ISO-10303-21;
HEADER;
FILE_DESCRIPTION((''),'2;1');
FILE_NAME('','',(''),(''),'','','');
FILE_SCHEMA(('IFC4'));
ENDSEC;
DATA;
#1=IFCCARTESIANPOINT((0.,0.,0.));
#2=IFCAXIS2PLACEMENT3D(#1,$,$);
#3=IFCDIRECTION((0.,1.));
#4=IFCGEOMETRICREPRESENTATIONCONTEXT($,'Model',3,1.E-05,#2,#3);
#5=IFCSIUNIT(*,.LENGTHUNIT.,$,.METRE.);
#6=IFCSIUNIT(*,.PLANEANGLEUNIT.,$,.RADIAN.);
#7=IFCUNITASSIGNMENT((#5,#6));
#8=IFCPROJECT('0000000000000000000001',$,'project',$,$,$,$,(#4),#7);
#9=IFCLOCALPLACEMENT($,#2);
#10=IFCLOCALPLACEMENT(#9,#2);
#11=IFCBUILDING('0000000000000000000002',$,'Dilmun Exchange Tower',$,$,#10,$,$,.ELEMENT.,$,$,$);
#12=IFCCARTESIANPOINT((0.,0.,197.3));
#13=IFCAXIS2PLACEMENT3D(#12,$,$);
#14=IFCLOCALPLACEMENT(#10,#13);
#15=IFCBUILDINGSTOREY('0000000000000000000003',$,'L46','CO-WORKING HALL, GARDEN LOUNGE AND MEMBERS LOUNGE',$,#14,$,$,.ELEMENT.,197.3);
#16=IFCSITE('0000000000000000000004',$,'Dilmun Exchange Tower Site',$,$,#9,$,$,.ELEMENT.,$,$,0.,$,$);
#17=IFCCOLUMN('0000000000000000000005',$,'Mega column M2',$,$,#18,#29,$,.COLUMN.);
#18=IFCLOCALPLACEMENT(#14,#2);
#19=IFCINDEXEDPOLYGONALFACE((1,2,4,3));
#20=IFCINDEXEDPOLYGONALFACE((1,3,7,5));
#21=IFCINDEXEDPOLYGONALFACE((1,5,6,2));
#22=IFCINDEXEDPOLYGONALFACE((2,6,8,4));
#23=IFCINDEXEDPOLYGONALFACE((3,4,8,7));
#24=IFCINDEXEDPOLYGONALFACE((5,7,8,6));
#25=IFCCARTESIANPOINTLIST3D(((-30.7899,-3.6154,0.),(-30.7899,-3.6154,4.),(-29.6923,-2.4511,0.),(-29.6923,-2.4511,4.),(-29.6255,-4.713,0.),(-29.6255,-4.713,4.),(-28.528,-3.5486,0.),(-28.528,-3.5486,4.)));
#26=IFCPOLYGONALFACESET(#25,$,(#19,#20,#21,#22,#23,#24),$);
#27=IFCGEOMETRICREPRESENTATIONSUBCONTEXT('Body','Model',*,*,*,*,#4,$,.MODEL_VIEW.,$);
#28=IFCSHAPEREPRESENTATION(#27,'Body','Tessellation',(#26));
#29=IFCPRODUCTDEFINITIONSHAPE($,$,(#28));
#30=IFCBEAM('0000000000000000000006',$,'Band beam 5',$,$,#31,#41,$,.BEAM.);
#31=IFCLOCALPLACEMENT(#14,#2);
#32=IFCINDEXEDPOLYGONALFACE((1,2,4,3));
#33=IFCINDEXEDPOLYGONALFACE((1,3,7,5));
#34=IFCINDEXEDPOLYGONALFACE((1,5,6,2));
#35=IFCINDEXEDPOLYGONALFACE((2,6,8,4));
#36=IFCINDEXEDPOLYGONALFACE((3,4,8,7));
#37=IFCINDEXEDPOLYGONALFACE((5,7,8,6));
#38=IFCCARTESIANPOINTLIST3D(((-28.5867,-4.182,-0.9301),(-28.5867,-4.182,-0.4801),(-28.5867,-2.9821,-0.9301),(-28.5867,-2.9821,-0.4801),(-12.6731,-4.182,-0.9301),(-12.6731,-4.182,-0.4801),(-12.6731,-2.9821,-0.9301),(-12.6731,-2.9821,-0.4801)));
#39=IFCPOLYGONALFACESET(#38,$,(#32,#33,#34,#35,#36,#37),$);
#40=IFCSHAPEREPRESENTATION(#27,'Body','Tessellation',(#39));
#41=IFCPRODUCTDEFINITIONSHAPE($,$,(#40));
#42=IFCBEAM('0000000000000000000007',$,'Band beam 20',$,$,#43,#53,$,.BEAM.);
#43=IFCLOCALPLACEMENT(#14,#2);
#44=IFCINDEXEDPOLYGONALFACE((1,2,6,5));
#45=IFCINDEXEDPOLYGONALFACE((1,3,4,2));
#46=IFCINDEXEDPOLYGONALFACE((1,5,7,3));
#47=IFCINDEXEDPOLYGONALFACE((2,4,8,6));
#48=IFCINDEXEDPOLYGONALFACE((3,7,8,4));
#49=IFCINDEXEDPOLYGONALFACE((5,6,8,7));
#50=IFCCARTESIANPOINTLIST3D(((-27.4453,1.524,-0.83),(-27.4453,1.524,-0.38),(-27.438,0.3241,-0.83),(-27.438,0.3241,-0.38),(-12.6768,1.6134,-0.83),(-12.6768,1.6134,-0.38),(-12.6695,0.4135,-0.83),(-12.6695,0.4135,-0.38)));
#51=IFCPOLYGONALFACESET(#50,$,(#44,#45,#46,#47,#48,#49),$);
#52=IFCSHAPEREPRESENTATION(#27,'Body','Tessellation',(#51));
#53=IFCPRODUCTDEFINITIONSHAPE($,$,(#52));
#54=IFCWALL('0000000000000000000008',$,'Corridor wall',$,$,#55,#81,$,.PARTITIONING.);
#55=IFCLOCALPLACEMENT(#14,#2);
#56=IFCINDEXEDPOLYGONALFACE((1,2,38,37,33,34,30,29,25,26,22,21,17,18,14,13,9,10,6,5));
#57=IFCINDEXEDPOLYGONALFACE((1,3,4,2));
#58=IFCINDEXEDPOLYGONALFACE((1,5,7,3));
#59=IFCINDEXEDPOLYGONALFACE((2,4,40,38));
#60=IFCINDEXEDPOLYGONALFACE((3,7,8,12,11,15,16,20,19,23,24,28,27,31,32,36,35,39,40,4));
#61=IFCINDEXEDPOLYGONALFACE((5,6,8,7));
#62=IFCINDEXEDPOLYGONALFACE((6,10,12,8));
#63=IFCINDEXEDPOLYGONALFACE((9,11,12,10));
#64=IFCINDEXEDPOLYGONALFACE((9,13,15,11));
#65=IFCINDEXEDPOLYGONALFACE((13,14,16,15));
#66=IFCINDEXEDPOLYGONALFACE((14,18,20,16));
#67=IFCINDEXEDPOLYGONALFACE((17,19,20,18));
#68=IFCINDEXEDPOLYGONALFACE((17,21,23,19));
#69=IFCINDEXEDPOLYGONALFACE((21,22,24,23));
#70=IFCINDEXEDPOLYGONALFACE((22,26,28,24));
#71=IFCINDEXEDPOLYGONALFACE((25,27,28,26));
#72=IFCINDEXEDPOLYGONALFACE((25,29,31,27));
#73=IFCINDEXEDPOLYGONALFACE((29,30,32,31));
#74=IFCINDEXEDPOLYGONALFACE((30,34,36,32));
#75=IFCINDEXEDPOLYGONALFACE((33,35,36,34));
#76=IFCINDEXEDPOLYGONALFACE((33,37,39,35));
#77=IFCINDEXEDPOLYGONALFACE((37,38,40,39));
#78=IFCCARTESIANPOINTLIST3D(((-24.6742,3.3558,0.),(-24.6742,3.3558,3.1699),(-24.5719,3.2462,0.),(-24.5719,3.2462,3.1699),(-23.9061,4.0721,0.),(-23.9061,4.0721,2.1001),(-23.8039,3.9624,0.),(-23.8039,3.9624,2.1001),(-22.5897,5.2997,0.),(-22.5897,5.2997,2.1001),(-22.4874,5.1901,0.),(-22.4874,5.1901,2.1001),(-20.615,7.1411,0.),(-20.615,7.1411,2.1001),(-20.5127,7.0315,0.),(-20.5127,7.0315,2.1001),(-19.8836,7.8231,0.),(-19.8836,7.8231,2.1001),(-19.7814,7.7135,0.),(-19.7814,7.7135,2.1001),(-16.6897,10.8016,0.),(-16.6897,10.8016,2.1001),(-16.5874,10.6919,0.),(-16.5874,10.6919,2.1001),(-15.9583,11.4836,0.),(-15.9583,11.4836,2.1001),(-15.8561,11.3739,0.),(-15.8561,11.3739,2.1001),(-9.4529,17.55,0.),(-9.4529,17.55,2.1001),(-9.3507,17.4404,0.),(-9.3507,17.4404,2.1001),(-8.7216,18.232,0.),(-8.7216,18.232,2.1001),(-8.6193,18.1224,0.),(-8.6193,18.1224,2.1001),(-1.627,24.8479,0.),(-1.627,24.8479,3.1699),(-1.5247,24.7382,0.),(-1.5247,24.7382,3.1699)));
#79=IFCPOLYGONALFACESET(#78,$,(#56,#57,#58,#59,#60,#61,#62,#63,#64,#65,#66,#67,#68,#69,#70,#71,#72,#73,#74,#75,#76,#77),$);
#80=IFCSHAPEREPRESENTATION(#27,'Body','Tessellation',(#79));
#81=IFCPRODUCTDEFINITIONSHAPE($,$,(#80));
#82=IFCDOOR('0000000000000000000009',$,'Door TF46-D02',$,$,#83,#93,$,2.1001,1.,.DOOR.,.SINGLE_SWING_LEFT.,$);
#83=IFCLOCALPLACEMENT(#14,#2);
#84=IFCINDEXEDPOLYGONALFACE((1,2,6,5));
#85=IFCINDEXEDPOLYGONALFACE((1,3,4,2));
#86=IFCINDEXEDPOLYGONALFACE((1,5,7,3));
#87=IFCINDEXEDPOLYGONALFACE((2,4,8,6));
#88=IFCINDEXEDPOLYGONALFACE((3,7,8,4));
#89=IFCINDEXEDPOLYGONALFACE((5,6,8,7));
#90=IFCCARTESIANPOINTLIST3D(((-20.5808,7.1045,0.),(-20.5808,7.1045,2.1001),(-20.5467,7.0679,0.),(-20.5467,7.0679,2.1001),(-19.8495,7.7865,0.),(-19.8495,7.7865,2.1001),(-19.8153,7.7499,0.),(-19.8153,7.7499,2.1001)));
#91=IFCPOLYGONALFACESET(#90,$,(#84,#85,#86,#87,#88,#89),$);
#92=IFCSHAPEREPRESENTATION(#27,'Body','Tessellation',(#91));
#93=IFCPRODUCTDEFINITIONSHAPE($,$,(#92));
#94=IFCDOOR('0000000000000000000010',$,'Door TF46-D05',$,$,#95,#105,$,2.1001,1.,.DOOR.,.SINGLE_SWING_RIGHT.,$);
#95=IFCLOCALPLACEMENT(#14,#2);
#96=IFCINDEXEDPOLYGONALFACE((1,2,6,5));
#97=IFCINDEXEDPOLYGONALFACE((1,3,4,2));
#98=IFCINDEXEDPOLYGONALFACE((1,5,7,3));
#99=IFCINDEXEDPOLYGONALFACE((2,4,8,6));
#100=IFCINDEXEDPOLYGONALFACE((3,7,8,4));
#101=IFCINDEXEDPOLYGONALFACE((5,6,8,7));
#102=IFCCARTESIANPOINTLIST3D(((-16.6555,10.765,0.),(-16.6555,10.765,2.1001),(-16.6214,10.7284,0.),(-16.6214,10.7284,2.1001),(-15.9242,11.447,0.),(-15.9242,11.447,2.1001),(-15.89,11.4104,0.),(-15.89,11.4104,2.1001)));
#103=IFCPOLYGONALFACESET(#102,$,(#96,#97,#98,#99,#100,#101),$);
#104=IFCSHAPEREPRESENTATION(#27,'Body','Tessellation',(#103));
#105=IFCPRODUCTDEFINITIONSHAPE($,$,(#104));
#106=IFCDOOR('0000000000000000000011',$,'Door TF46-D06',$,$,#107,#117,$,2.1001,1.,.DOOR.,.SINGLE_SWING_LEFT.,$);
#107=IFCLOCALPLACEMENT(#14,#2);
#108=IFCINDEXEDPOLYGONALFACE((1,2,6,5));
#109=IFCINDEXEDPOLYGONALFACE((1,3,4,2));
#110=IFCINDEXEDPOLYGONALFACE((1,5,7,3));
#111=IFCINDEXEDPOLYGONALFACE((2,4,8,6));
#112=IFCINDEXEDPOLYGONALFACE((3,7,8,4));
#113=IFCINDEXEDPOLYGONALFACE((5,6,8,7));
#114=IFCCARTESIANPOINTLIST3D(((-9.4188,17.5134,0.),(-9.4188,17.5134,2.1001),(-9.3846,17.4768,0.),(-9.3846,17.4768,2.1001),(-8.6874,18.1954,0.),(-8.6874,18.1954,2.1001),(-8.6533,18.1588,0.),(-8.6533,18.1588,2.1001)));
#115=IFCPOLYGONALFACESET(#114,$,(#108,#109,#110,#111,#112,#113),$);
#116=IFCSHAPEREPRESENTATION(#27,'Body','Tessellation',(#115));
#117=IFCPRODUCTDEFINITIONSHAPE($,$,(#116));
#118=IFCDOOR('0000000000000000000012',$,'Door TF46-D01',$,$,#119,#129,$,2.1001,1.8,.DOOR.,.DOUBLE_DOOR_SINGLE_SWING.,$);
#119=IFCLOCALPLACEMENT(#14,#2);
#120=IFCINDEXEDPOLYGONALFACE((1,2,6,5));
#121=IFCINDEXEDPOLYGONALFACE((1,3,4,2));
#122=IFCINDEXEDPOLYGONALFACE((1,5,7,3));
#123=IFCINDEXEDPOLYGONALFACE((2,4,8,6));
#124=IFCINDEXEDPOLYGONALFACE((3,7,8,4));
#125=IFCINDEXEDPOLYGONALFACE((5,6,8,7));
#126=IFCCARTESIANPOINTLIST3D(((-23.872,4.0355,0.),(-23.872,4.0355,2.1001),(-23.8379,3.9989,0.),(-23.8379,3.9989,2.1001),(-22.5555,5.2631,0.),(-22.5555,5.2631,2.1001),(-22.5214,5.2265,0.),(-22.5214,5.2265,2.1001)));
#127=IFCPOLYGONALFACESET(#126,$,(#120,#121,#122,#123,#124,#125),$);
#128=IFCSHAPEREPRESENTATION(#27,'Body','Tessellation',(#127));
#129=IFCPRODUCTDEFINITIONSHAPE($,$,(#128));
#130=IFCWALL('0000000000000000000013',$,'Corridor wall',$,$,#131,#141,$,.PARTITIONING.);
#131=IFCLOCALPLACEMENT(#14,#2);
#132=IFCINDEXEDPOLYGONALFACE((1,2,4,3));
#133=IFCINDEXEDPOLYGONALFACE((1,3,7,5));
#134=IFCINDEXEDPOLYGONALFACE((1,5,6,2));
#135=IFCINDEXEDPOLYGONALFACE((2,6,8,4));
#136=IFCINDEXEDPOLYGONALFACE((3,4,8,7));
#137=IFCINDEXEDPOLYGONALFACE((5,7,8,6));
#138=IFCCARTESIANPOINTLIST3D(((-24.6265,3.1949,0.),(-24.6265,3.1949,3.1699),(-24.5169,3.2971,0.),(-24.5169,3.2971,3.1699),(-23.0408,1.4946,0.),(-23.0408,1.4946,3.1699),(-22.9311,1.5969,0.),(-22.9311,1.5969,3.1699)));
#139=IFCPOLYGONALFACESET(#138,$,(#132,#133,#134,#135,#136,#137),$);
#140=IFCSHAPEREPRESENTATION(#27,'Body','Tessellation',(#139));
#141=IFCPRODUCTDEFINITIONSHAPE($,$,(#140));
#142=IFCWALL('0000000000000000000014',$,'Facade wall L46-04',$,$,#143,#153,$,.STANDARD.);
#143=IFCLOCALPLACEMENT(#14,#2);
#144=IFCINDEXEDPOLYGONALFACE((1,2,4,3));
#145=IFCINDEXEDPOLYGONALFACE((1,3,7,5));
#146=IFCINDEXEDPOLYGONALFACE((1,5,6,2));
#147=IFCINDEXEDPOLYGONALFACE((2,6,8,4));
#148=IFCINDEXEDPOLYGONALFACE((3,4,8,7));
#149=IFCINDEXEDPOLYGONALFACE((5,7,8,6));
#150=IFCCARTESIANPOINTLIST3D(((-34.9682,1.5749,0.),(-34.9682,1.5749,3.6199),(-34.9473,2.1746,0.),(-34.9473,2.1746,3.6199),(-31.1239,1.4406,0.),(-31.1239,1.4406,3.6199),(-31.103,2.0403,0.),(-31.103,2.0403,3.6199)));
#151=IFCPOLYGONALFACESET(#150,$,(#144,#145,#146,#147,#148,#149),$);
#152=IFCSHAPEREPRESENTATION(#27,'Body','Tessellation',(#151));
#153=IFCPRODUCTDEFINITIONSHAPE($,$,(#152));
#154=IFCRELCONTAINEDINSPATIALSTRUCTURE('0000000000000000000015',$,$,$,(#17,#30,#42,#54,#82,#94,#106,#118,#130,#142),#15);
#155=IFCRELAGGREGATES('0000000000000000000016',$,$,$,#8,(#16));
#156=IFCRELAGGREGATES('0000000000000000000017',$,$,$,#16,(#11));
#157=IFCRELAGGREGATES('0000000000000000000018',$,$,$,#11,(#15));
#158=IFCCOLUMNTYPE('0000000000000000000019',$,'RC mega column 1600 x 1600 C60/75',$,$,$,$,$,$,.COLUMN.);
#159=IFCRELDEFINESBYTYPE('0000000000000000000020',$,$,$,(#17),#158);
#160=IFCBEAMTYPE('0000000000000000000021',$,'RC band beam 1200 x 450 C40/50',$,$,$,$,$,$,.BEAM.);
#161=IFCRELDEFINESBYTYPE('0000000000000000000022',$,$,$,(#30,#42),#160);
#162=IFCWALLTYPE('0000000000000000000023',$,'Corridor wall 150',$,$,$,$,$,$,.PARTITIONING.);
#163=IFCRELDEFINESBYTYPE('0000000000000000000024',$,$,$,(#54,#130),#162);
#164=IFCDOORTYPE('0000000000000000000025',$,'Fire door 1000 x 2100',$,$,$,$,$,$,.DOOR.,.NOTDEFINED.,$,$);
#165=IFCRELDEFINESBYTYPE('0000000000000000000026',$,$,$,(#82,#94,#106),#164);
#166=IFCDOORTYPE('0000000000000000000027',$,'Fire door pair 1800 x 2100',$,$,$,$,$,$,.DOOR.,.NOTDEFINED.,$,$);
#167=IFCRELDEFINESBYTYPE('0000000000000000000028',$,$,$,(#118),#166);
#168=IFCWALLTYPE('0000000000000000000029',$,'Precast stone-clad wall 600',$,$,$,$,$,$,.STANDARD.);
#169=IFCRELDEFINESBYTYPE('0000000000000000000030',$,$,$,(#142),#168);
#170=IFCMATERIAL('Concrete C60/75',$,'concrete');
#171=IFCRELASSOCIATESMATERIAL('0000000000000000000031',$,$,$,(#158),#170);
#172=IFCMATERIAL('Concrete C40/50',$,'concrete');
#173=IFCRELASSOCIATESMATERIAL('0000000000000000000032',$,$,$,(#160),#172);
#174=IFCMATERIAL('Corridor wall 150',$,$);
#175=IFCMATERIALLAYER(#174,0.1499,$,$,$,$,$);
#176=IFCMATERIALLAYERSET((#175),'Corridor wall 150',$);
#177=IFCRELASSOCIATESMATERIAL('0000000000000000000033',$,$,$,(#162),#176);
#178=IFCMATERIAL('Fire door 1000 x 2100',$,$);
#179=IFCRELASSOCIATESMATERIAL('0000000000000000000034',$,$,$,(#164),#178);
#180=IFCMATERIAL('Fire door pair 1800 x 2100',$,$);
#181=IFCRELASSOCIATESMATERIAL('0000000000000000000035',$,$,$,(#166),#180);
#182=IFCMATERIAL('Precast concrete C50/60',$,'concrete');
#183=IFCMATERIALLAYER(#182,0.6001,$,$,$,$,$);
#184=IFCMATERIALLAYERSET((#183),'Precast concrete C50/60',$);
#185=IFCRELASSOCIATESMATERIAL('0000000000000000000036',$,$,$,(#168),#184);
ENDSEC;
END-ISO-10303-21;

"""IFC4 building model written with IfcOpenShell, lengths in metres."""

from ifc_helpers import new_model, si_unit, direction, frame, frame_2d, origin, origin_2d, place, context, subcontext, project, spatial, rectangle, extrude, material, layer, layer_set, material_profile, profile_set, type_object, element, fill, save


model = new_model("IFC4")

# Units and contexts
model_context = context("Model", 3, precision=1e-05, world=origin(), true_north=direction((0.0, 1.0)))
body_context = subcontext(model_context, "Body", "Model", "MODEL_VIEW")
ifc_project = project(units=[si_unit("LENGTHUNIT", "METRE"), si_unit("PLANEANGLEUNIT", "RADIAN")], contexts=[model_context])

# Site, building, storey
site_placement = place(None, origin())
site = spatial("IfcSite", under=ifc_project, at=site_placement, Name="Dilmun Exchange Tower Site", CompositionType="ELEMENT", RefElevation=0.0)
building_placement = place(site_placement, origin())
building = spatial("IfcBuilding", under=site, at=building_placement, Name="Dilmun Exchange Tower", CompositionType="ELEMENT")
storey_placement = place(building_placement, frame((0.0, 0.0, 197.3)))
storey = spatial("IfcBuildingStorey", under=building, at=storey_placement, Name="L46", Description="CO-WORKING HALL, GARDEN LOUNGE AND MEMBERS LOUNGE", CompositionType="ELEMENT", Elevation=197.3)

# Column
ifc_material_1 = material(Name="Concrete C60/75", Category="concrete")
ifc_material_profile_1 = material_profile(ifc_material_1, rectangle(XDim=1.6001, YDim=1.6001, at=origin_2d()), Name="1600 x 1600")
ifc_profile_set_1 = profile_set([ifc_material_profile_1], Name="Concrete C60/75")
column_type = type_object("IfcColumnType", Name="RC mega column 1600 x 1600 C60/75", PredefinedType="COLUMN", material=ifc_profile_set_1)
column_placement = place(storey_placement, frame((-29.6589, -3.582, 0.0), z_axis=(0.0, 0.0, 1.0), x_axis=(0.685916, 0.727681, 0.0)))
element("IfcColumn", 1, at=column_placement, inside=storey, type_object=column_type, Name="Mega column M2", PredefinedType="COLUMN", context=body_context, shape_type="SweptSolid", body=[
    extrude(rectangle(XDim=1.6001, YDim=1.6001, at=origin_2d()), origin(), (0.0, 0.0, 1.0), 4.0),
])

# Beams
ifc_material_2 = material(Name="Concrete C40/50", Category="concrete")
ifc_material_profile_2 = material_profile(ifc_material_2, rectangle(XDim=1.2, YDim=0.45, at=origin_2d()), Name="1200 x 450")
ifc_profile_set_2 = profile_set([ifc_material_profile_2], Name="Concrete C40/50")
beam_type = type_object("IfcBeamType", Name="RC band beam 1200 x 450 C40/50", PredefinedType="BEAM", material=ifc_profile_set_2)
beam_1_placement = place(storey_placement, frame((-28.5867, -3.582, -0.7051), z_axis=(1.0, 0.0, 0.0), x_axis=(0.0, 1.0, 0.0)))
element("IfcBeam", 2, at=beam_1_placement, inside=storey, type_object=beam_type, Name="Band beam 5", PredefinedType="BEAM", context=body_context, shape_type="SweptSolid", body=[
    extrude(rectangle(XDim=1.2, YDim=0.45, at=origin_2d()), origin(), (0.0, 0.0, 1.0), 15.9136),
])
beam_2_placement = place(storey_placement, frame((-27.4417, 0.9241, -0.605), z_axis=(0.999982, 0.00605, 0.0), x_axis=(-0.00605, 0.999982, 0.0)))
element("IfcBeam", 3, at=beam_2_placement, inside=storey, type_object=beam_type, Name="Band beam 20", PredefinedType="BEAM", context=body_context, shape_type="SweptSolid", body=[
    extrude(rectangle(XDim=1.2, YDim=0.45, at=origin_2d()), origin(), (0.0, 0.0, 1.0), 14.7688),
])

# Wall, openings, doors
ifc_material_3 = material(Name="Corridor wall 150")
ifc_layer_1 = layer(ifc_material_3, 0.1499)
ifc_layer_set_1 = layer_set([ifc_layer_1], Name="Corridor wall 150")
wall_type_1 = type_object("IfcWallType", Name="Corridor wall 150", PredefinedType="PARTITIONING", material=ifc_layer_set_1)
wall_1_placement = place(storey_placement, frame((-24.623, 3.301, 0.0), z_axis=(0.0, 0.0, 1.0), x_axis=(0.731351, 0.682001, 0.0)))
wall_1 = element("IfcWall", 4, at=wall_1_placement, inside=storey, type_object=wall_type_1, Name="Corridor wall", PredefinedType="PARTITIONING", context=body_context, shape_type="SweptSolid", body=[
    extrude(rectangle(XDim=31.5132, YDim=0.1499, at=frame_2d((15.7566, 0.0))), origin(), (0.0, 0.0, 1.0), 3.1699),
])
opening_1_placement = place(wall_1_placement, frame((1.0503, 0.0, 0.0)))
opening_1 = element("IfcOpeningElement", 5, at=opening_1_placement, cuts=wall_1, PredefinedType="OPENING", context=body_context, shape_type="SweptSolid", body=[
    extrude(rectangle(XDim=1.8, YDim=2.1001, at=frame_2d((0.8999, 1.05))), frame((0.0, 0.085, 0.0), z_axis=(0.0, -1.0, 0.0), x_axis=(1.0, 0.0, 0.0)), (0.0, 0.0, 1.0), 0.1699),
])
opening_2_placement = place(wall_1_placement, frame((5.5503, 0.0, 0.0)))
opening_2 = element("IfcOpeningElement", 6, at=opening_2_placement, cuts=wall_1, PredefinedType="OPENING", context=body_context, shape_type="SweptSolid", body=[
    extrude(rectangle(XDim=1.0, YDim=2.1001, at=frame_2d((0.5, 1.05))), frame((0.0, 0.085, 0.0), z_axis=(0.0, -1.0, 0.0), x_axis=(1.0, 0.0, 0.0)), (0.0, 0.0, 1.0), 0.1699),
])
opening_3_placement = place(wall_1_placement, frame((10.9175, 0.0, 0.0)))
opening_3 = element("IfcOpeningElement", 7, at=opening_3_placement, cuts=wall_1, PredefinedType="OPENING", context=body_context, shape_type="SweptSolid", body=[
    extrude(rectangle(XDim=1.0, YDim=2.1001, at=frame_2d((0.5, 1.05))), frame((0.0, 0.085, 0.0), z_axis=(0.0, -1.0, 0.0), x_axis=(1.0, 0.0, 0.0)), (0.0, 0.0, 1.0), 0.1699),
])
opening_4_placement = place(wall_1_placement, frame((20.8125, 0.0, 0.0)))
opening_4 = element("IfcOpeningElement", 8, at=opening_4_placement, cuts=wall_1, PredefinedType="OPENING", context=body_context, shape_type="SweptSolid", body=[
    extrude(rectangle(XDim=1.0, YDim=2.1001, at=frame_2d((0.5, 1.05))), frame((0.0, 0.085, 0.0), z_axis=(0.0, -1.0, 0.0), x_axis=(1.0, 0.0, 0.0)), (0.0, 0.0, 1.0), 0.1699),
])
ifc_material_4 = material(Name="Fire door 1000 x 2100")
door_type_1 = type_object("IfcDoorType", Name="Fire door 1000 x 2100", OperationType="NOTDEFINED", PredefinedType="DOOR", material=ifc_material_4)
door_1_placement = place(opening_2_placement, origin())
door_1 = element("IfcDoor", 9, at=door_1_placement, inside=storey, type_object=door_type_1, Name="Door TF46-D02", OperationType="SINGLE_SWING_LEFT", OverallHeight=2.1001, OverallWidth=1.0, PredefinedType="DOOR", context=body_context, shape_type="SweptSolid", body=[
    extrude(rectangle(XDim=1.0, YDim=2.1001, at=frame_2d((0.5, 1.05))), frame((0.0, 0.0249, 0.0), z_axis=(0.0, -1.0, 0.0), x_axis=(1.0, 0.0, 0.0)), (0.0, 0.0, 1.0), 0.05),
])
fill(opening_2, door_1)
door_2_placement = place(opening_3_placement, origin())
door_2 = element("IfcDoor", 10, at=door_2_placement, inside=storey, type_object=door_type_1, Name="Door TF46-D05", OperationType="SINGLE_SWING_RIGHT", OverallHeight=2.1001, OverallWidth=1.0, PredefinedType="DOOR", context=body_context, shape_type="SweptSolid", body=[
    extrude(rectangle(XDim=1.0, YDim=2.1001, at=frame_2d((0.5, 1.05))), frame((0.0, 0.0249, 0.0), z_axis=(0.0, -1.0, 0.0), x_axis=(1.0, 0.0, 0.0)), (0.0, 0.0, 1.0), 0.05),
])
fill(opening_3, door_2)
door_3_placement = place(opening_4_placement, origin())
door_3 = element("IfcDoor", 11, at=door_3_placement, inside=storey, type_object=door_type_1, Name="Door TF46-D06", OperationType="SINGLE_SWING_LEFT", OverallHeight=2.1001, OverallWidth=1.0, PredefinedType="DOOR", context=body_context, shape_type="SweptSolid", body=[
    extrude(rectangle(XDim=1.0, YDim=2.1001, at=frame_2d((0.5, 1.05))), frame((0.0, 0.0249, 0.0), z_axis=(0.0, -1.0, 0.0), x_axis=(1.0, 0.0, 0.0)), (0.0, 0.0, 1.0), 0.05),
])
fill(opening_4, door_3)
ifc_material_5 = material(Name="Fire door pair 1800 x 2100")
door_type_2 = type_object("IfcDoorType", Name="Fire door pair 1800 x 2100", OperationType="NOTDEFINED", PredefinedType="DOOR", material=ifc_material_5)
door_4_placement = place(opening_1_placement, origin())
door_4 = element("IfcDoor", 12, at=door_4_placement, inside=storey, type_object=door_type_2, Name="Door TF46-D01", OperationType="DOUBLE_DOOR_SINGLE_SWING", OverallHeight=2.1001, OverallWidth=1.8, PredefinedType="DOOR", context=body_context, shape_type="SweptSolid", body=[
    extrude(rectangle(XDim=1.8, YDim=2.1001, at=frame_2d((0.8999, 1.05))), frame((0.0, 0.0249, 0.0), z_axis=(0.0, -1.0, 0.0), x_axis=(1.0, 0.0, 0.0)), (0.0, 0.0, 1.0), 0.05),
])
fill(opening_1, door_4)

# Walls
wall_2_placement = place(storey_placement, frame((-24.5718, 3.2461, 0.0), z_axis=(0.0, 0.0, 1.0), x_axis=(0.682053, -0.731303, 0.0)))
element("IfcWall", 13, at=wall_2_placement, inside=storey, type_object=wall_type_1, Name="Corridor wall", PredefinedType="PARTITIONING", context=body_context, shape_type="SweptSolid", body=[
    extrude(rectangle(XDim=2.325, YDim=0.1499, at=frame_2d((1.1626, 0.0))), origin(), (0.0, 0.0, 1.0), 3.1699),
])
ifc_material_6 = material(Name="Precast concrete C50/60", Category="concrete")
ifc_layer_2 = layer(ifc_material_6, 0.6001)
ifc_layer_set_2 = layer_set([ifc_layer_2], Name="Precast concrete C50/60")
wall_type_2 = type_object("IfcWallType", Name="Precast stone-clad wall 600", PredefinedType="STANDARD", material=ifc_layer_set_2)
wall_3_placement = place(storey_placement, frame((-34.9578, 1.8748, 0.0), z_axis=(0.0, 0.0, 1.0), x_axis=(0.999391, -0.034908, 0.0)))
element("IfcWall", 14, at=wall_3_placement, inside=storey, type_object=wall_type_2, Name="Facade wall L46-04", PredefinedType="STANDARD", context=body_context, shape_type="SweptSolid", body=[
    extrude(rectangle(XDim=3.8467, YDim=0.6001, at=frame_2d((1.9233, 0.0))), origin(), (0.0, 0.0, 1.0), 3.6199),
])

save(model, "model.ifc")
